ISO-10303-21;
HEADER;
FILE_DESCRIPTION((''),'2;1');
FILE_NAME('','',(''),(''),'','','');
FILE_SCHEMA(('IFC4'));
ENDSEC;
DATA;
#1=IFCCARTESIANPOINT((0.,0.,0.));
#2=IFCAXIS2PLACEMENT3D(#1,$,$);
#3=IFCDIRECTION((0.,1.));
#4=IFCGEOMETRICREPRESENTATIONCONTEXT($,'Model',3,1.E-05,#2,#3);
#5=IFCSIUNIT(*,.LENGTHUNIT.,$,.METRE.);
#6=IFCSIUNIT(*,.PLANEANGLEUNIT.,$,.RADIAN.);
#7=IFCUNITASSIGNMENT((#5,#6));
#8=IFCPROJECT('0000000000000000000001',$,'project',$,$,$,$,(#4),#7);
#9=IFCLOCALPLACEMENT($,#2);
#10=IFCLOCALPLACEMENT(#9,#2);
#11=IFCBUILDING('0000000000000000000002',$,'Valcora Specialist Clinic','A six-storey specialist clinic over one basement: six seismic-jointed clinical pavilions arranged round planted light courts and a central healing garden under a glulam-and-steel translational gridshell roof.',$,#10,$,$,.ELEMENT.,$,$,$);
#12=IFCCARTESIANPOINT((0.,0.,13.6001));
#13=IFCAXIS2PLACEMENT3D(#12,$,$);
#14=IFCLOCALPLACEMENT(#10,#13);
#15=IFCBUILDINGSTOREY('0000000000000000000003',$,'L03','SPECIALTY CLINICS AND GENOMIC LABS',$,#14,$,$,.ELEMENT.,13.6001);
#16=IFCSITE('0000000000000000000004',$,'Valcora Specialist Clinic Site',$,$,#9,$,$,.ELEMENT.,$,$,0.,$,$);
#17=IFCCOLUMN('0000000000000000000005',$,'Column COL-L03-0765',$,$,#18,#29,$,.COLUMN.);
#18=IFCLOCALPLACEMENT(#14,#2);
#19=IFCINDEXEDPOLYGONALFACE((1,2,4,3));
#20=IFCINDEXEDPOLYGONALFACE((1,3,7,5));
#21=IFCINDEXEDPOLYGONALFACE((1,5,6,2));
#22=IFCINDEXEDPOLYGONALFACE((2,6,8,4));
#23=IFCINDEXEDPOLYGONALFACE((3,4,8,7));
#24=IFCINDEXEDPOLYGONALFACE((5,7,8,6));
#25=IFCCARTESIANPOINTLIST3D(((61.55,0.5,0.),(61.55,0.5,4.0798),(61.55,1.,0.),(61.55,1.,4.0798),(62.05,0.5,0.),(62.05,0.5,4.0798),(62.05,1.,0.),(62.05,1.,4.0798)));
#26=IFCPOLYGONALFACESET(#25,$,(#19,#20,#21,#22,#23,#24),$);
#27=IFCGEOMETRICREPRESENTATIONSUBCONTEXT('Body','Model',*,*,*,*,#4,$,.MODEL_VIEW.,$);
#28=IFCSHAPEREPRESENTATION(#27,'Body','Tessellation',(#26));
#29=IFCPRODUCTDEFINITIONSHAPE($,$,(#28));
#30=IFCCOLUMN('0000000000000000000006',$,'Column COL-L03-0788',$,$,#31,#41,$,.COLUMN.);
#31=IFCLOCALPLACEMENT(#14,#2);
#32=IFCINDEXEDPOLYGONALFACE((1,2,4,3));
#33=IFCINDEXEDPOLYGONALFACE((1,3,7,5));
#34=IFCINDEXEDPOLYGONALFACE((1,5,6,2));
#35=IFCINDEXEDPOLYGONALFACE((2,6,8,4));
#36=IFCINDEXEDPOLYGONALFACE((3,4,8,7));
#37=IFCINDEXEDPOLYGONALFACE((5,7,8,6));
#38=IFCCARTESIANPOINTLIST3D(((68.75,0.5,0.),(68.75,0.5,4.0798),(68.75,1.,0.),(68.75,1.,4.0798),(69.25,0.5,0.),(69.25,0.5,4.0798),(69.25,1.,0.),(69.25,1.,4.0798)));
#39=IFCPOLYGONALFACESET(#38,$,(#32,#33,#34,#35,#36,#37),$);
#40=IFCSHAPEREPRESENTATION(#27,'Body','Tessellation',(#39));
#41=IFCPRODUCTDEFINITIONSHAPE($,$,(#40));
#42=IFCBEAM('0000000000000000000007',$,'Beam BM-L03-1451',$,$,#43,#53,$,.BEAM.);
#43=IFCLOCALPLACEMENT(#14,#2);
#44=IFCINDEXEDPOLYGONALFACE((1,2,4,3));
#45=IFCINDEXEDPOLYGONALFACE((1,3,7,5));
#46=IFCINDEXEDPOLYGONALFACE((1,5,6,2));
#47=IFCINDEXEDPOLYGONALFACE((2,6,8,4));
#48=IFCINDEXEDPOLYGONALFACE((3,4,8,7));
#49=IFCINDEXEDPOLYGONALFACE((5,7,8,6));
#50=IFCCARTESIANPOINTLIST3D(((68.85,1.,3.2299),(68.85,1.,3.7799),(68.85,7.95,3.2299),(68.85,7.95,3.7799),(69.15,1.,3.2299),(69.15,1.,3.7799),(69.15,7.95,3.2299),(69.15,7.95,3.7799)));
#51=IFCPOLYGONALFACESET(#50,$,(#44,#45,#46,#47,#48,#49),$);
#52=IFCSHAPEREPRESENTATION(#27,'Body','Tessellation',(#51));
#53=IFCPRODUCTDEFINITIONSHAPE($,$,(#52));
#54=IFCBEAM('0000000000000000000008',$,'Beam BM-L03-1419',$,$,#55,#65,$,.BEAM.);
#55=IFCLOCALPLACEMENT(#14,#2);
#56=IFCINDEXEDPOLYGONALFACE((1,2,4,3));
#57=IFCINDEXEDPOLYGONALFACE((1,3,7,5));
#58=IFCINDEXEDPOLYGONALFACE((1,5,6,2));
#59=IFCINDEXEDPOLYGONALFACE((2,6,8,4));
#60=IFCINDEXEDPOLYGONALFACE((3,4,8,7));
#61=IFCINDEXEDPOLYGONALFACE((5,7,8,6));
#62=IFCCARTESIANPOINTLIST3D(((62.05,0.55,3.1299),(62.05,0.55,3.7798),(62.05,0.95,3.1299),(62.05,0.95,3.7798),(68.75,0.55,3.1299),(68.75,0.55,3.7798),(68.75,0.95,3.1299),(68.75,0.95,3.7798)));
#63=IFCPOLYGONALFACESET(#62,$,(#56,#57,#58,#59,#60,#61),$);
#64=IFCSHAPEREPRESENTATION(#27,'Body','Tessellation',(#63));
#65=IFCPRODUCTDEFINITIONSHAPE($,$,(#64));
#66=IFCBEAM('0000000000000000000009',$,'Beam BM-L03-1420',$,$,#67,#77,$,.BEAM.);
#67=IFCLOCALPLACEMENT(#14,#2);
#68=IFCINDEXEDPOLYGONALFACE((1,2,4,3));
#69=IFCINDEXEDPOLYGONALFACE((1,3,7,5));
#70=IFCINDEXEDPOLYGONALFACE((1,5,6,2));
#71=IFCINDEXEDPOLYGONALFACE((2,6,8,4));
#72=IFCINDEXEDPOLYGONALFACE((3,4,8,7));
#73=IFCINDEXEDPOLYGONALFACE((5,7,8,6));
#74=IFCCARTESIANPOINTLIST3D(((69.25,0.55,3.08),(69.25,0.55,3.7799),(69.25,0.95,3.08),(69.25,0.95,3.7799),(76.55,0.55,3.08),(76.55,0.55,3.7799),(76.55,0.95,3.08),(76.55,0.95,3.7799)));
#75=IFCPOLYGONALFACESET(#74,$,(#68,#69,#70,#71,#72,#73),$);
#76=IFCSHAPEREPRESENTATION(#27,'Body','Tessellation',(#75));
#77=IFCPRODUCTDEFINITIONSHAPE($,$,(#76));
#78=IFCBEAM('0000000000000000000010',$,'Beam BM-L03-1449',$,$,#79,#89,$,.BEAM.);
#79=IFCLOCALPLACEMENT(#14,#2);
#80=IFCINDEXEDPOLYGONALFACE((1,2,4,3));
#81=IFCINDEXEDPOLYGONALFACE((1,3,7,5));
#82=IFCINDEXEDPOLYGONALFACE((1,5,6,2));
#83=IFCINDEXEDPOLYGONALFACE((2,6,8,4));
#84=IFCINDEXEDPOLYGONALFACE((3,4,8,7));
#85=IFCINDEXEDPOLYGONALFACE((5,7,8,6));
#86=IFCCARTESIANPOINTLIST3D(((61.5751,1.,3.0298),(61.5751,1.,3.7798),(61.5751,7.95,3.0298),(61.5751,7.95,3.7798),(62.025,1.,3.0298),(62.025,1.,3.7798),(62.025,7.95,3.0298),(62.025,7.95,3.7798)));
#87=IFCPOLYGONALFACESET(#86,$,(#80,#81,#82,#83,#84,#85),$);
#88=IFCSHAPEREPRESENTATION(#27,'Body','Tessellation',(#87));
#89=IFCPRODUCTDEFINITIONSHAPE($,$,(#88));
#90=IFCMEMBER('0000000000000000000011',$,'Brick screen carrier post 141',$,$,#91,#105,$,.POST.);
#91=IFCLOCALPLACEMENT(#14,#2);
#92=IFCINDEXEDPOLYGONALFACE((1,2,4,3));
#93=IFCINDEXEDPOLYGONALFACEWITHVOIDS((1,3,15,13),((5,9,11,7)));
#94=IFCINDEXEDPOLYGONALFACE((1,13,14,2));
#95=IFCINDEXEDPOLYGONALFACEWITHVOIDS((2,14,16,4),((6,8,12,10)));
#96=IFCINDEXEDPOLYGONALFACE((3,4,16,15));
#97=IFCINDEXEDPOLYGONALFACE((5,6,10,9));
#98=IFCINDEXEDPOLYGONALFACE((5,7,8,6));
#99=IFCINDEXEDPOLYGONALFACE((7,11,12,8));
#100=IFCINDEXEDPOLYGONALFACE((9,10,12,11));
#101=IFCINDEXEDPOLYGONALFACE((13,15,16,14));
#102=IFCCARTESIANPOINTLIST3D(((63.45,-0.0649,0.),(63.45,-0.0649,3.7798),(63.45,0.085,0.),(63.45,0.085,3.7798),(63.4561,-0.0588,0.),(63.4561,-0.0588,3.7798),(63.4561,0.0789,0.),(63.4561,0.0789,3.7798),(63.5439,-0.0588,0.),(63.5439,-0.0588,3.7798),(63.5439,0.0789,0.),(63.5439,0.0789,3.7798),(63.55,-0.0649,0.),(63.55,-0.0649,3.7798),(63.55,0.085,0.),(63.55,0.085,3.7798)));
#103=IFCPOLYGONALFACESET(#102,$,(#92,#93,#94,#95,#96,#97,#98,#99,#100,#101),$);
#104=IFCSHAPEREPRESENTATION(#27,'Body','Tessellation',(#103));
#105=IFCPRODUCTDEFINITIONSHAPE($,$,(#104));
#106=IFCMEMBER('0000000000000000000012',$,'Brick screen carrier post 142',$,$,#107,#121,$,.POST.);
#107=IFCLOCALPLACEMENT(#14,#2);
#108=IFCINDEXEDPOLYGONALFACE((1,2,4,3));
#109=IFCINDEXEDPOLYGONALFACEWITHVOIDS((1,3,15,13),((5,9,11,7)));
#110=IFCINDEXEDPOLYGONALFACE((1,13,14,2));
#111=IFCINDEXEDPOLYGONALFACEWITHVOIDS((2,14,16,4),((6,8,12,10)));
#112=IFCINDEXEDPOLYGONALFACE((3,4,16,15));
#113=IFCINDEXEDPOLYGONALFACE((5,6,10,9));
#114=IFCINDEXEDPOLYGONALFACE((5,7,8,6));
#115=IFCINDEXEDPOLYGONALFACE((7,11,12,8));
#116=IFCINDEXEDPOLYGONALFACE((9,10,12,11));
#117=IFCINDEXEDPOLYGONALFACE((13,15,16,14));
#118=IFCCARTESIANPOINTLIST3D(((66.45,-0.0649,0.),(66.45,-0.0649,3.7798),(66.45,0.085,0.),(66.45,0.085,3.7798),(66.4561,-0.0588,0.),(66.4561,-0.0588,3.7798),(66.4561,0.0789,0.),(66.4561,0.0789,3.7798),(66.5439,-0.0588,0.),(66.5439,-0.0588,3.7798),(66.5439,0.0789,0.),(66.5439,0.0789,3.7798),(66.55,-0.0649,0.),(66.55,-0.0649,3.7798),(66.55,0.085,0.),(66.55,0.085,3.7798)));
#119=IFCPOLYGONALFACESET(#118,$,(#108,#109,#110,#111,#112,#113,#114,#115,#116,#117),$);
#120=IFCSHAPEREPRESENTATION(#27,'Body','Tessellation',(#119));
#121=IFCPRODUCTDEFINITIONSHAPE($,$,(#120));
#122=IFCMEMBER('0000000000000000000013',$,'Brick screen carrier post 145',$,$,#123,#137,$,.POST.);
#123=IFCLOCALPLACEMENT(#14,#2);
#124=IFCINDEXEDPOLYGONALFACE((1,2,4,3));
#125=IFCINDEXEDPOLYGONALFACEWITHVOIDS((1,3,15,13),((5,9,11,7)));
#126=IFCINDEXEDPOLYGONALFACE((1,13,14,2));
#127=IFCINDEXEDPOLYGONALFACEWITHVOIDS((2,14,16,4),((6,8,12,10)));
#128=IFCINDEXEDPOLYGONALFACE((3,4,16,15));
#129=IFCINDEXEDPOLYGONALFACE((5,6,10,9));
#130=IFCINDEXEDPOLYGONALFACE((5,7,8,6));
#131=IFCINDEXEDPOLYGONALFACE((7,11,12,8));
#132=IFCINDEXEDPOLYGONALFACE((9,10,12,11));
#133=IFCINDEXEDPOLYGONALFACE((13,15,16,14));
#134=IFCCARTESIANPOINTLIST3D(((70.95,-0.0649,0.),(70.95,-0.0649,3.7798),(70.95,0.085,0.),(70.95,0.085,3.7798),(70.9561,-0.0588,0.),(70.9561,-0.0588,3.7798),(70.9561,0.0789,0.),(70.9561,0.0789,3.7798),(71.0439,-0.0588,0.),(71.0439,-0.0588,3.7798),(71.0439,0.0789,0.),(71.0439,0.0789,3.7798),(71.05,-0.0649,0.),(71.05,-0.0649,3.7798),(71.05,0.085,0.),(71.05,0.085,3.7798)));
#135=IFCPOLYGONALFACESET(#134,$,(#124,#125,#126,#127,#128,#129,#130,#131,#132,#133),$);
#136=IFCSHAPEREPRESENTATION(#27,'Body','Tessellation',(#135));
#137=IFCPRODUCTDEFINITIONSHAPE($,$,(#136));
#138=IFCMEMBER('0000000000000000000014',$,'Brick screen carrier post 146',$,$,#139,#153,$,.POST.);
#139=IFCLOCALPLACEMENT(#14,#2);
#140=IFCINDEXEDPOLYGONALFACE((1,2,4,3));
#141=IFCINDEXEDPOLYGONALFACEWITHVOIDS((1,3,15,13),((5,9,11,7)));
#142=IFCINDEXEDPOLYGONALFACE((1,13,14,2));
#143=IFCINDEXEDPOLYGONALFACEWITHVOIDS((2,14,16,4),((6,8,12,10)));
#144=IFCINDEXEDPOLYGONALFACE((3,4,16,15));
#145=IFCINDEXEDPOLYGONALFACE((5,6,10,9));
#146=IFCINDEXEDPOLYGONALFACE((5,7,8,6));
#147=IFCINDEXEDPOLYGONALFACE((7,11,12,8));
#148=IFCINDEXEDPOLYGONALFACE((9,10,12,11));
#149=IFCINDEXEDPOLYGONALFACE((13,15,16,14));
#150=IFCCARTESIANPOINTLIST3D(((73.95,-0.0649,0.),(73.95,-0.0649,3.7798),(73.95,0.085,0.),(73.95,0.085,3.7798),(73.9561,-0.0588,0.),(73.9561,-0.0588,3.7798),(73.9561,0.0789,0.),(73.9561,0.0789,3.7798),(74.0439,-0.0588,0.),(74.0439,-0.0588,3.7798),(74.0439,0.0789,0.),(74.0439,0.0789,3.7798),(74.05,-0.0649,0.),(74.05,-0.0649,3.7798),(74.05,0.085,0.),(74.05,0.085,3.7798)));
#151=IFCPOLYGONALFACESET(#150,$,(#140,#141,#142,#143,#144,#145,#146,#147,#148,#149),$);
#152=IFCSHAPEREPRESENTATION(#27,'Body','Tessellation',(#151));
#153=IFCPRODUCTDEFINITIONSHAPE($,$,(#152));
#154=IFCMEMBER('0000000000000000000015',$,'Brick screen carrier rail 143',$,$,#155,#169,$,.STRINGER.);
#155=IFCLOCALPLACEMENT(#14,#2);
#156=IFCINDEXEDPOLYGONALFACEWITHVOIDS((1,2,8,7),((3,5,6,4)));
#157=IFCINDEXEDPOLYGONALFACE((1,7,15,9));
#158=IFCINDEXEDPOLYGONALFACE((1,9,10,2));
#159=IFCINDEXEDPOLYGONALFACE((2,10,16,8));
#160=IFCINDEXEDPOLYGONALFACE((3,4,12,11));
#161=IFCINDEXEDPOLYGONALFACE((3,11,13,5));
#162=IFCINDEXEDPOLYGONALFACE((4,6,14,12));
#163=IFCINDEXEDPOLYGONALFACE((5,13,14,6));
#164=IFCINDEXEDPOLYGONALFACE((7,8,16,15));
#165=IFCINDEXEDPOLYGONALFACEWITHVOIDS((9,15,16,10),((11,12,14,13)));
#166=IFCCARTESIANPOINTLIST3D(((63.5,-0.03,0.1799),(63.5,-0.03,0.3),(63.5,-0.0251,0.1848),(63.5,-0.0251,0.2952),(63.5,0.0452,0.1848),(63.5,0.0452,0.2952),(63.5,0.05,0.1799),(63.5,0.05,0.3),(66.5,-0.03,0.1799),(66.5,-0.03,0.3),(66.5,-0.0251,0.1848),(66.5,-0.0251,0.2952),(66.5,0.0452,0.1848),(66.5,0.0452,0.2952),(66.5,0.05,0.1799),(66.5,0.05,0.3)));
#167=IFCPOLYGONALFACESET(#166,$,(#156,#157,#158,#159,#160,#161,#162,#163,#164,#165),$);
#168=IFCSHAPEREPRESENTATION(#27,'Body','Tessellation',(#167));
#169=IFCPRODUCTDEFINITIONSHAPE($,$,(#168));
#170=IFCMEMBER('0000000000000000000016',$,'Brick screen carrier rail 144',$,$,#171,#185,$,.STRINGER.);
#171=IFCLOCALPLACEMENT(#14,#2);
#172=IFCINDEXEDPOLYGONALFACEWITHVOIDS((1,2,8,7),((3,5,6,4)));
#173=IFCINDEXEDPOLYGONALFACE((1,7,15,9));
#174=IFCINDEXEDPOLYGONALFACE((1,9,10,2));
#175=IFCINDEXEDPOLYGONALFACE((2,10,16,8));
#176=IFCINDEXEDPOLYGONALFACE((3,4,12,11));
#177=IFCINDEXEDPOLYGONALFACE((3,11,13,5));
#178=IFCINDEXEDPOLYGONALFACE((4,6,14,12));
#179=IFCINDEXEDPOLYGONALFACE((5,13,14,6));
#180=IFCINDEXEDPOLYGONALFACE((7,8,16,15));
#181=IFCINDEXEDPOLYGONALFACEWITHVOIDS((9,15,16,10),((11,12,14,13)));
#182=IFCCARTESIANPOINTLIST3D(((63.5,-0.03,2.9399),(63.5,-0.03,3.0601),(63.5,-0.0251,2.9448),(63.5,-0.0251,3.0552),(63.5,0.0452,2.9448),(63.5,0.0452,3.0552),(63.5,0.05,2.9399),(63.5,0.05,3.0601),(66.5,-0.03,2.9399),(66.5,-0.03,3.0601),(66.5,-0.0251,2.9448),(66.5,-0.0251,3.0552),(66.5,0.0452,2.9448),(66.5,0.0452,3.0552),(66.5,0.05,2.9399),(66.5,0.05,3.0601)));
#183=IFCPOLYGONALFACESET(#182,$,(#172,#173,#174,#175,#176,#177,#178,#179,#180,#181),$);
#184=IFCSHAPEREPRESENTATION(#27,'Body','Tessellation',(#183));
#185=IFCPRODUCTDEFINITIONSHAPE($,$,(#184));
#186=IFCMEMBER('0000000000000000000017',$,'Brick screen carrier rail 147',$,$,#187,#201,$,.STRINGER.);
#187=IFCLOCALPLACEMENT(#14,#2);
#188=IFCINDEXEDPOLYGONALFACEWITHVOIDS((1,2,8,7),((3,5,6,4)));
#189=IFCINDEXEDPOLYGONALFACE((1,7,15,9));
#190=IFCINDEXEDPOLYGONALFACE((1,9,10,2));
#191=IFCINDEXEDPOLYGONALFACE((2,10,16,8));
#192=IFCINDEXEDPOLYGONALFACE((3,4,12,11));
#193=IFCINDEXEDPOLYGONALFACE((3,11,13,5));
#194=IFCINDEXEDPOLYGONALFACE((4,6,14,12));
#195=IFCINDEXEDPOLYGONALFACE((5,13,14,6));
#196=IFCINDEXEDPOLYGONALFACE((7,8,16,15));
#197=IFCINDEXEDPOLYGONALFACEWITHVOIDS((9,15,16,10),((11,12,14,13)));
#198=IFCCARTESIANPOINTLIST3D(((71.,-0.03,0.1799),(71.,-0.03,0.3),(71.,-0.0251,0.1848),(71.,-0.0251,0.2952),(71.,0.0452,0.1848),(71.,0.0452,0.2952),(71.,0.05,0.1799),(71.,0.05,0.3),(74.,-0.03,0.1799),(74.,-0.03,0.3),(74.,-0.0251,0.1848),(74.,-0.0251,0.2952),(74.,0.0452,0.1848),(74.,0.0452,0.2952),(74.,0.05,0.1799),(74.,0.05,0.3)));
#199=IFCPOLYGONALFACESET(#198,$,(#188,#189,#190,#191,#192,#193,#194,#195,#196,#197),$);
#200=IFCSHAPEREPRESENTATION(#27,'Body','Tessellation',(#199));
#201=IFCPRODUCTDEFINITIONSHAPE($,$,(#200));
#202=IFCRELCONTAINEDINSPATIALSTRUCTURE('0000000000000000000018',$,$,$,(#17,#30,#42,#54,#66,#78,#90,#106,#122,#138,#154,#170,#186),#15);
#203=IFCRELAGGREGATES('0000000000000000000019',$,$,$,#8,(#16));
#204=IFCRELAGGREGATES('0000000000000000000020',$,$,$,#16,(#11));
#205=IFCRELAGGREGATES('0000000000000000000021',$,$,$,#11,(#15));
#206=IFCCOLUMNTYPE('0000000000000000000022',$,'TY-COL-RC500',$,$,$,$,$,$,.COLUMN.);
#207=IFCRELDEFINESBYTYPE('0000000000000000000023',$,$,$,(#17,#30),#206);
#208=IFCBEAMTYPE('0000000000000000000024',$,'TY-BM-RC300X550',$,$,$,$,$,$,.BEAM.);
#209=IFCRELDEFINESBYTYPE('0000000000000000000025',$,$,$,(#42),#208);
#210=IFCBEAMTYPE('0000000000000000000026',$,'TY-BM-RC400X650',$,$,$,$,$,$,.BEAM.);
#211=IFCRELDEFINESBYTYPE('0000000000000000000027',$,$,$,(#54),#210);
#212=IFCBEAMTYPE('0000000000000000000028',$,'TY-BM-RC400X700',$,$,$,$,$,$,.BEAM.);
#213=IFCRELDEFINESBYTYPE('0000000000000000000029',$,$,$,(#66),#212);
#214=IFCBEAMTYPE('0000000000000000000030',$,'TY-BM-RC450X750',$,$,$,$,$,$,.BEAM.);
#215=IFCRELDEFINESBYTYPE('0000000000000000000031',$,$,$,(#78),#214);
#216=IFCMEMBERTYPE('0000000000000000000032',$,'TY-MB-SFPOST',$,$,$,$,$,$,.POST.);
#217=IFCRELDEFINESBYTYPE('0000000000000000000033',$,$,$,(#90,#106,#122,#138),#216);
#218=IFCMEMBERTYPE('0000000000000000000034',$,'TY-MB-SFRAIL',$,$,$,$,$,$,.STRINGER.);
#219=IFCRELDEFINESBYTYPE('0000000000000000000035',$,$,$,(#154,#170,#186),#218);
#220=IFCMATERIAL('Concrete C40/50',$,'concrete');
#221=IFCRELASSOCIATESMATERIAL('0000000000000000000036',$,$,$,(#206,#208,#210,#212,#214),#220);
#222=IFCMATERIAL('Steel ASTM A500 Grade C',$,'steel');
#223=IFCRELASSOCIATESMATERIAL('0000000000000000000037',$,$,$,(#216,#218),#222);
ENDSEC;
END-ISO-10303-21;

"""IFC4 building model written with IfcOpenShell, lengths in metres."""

from ifc_helpers import new_model, si_unit, direction, frame, origin, origin_2d, place, context, subcontext, project, spatial, rectangle, hollow_rectangle, extrude, material, material_profile, profile_set, type_object, element, save


model = new_model("IFC4")

# Units and contexts
model_context = context("Model", 3, precision=1e-05, world=origin(), true_north=direction((0.0, 1.0)))
body_context = subcontext(model_context, "Body", "Model", "MODEL_VIEW")
ifc_project = project(units=[si_unit("LENGTHUNIT", "METRE"), si_unit("PLANEANGLEUNIT", "RADIAN")], contexts=[model_context])

# Site, building, storey
site_placement = place(None, origin())
site = spatial("IfcSite", under=ifc_project, at=site_placement, Name="Valcora Specialist Clinic Site", CompositionType="ELEMENT", RefElevation=0.0)
building_placement = place(site_placement, origin())
building = spatial("IfcBuilding", under=site, at=building_placement, Name="Valcora Specialist Clinic", Description="A six-storey specialist clinic over one basement: six seismic-jointed clinical pavilions arranged round planted light courts and a central healing garden under a glulam-and-steel translational gridshell roof.", CompositionType="ELEMENT")
storey_placement = place(building_placement, frame((0.0, 0.0, 13.6001)))
storey = spatial("IfcBuildingStorey", under=building, at=storey_placement, Name="L03", Description="SPECIALTY CLINICS AND GENOMIC LABS", CompositionType="ELEMENT", Elevation=13.6001)

# Columns
ifc_material_1 = material(Name="Concrete C40/50", Category="concrete")
ifc_material_profile_1 = material_profile(ifc_material_1, rectangle(XDim=0.5, YDim=0.5, at=origin_2d()), Name="RC-COL-500X500")
ifc_profile_set_1 = profile_set([ifc_material_profile_1], Name="Concrete C40/50")
column_type = type_object("IfcColumnType", Name="TY-COL-RC500", PredefinedType="COLUMN", material=ifc_profile_set_1)
for number, where, z_axis, x_axis, name in (
    (1, (61.8, 0.75, 0.0), (0.0, 0.0, 1.0), (1.0, 0.0, 0.0), "Column COL-L03-0765"),
    (2, (69.0, 0.75, 0.0), (0.0, 0.0, 1.0), (1.0, 0.0, 0.0), "Column COL-L03-0788"),
):
    element("IfcColumn", number, at=place(storey_placement, frame(where, z_axis=z_axis, x_axis=x_axis)), inside=storey, type_object=column_type, Name=name, PredefinedType="COLUMN", context=body_context, shape_type="SweptSolid", body=[
        extrude(rectangle(XDim=0.5, YDim=0.5, at=origin_2d()), origin(), (0.0, 0.0, 1.0), 4.0798),
    ])

# Beams
ifc_material_profile_2 = material_profile(ifc_material_1, rectangle(XDim=0.3, YDim=0.55, at=origin_2d()), Name="RC-BM-300X550")
ifc_profile_set_2 = profile_set([ifc_material_profile_2], Name="Concrete C40/50")
beam_type_1 = type_object("IfcBeamType", Name="TY-BM-RC300X550", PredefinedType="BEAM", material=ifc_profile_set_2)
beam_1_placement = place(storey_placement, frame((69.0, 1.0, 3.5049), z_axis=(0.0, 1.0, 0.0), x_axis=(-1.0, 0.0, 0.0)))
element("IfcBeam", 3, at=beam_1_placement, inside=storey, type_object=beam_type_1, Name="Beam BM-L03-1451", PredefinedType="BEAM", context=body_context, shape_type="SweptSolid", body=[
    extrude(rectangle(XDim=0.3, YDim=0.55, at=origin_2d()), origin(), (0.0, 0.0, 1.0), 6.95),
])
ifc_material_profile_3 = material_profile(ifc_material_1, rectangle(XDim=0.3999, YDim=0.6499, at=origin_2d()), Name="RC-BM-400X650")
ifc_profile_set_3 = profile_set([ifc_material_profile_3], Name="Concrete C40/50")
beam_type_2 = type_object("IfcBeamType", Name="TY-BM-RC400X650", PredefinedType="BEAM", material=ifc_profile_set_3)
beam_2_placement = place(storey_placement, frame((62.05, 0.75, 3.4548), z_axis=(1.0, 0.0, 0.0), x_axis=(0.0, 1.0, 0.0)))
element("IfcBeam", 4, at=beam_2_placement, inside=storey, type_object=beam_type_2, Name="Beam BM-L03-1419", PredefinedType="BEAM", context=body_context, shape_type="SweptSolid", body=[
    extrude(rectangle(XDim=0.3999, YDim=0.6499, at=origin_2d()), origin(), (0.0, 0.0, 1.0), 6.7),
])
ifc_material_profile_4 = material_profile(ifc_material_1, rectangle(XDim=0.3999, YDim=0.7, at=origin_2d()), Name="RC-BM-400X700")
ifc_profile_set_4 = profile_set([ifc_material_profile_4], Name="Concrete C40/50")
beam_type_3 = type_object("IfcBeamType", Name="TY-BM-RC400X700", PredefinedType="BEAM", material=ifc_profile_set_4)
beam_3_placement = place(storey_placement, frame((69.25, 0.75, 3.4299), z_axis=(1.0, 0.0, 0.0), x_axis=(0.0, 1.0, 0.0)))
element("IfcBeam", 5, at=beam_3_placement, inside=storey, type_object=beam_type_3, Name="Beam BM-L03-1420", PredefinedType="BEAM", context=body_context, shape_type="SweptSolid", body=[
    extrude(rectangle(XDim=0.3999, YDim=0.7, at=origin_2d()), origin(), (0.0, 0.0, 1.0), 7.3),
])
ifc_material_profile_5 = material_profile(ifc_material_1, rectangle(XDim=0.45, YDim=0.75, at=origin_2d()), Name="RC-BM-450X750")
ifc_profile_set_5 = profile_set([ifc_material_profile_5], Name="Concrete C40/50")
beam_type_4 = type_object("IfcBeamType", Name="TY-BM-RC450X750", PredefinedType="BEAM", material=ifc_profile_set_5)
beam_4_placement = place(storey_placement, frame((61.8, 1.0, 3.4048), z_axis=(0.0, 1.0, 0.0), x_axis=(-1.0, 0.0, 0.0)))
element("IfcBeam", 6, at=beam_4_placement, inside=storey, type_object=beam_type_4, Name="Beam BM-L03-1449", PredefinedType="BEAM", context=body_context, shape_type="SweptSolid", body=[
    extrude(rectangle(XDim=0.45, YDim=0.75, at=origin_2d()), origin(), (0.0, 0.0, 1.0), 6.95),
])

# Members
ifc_material_2 = material(Name="Steel ASTM A500 Grade C", Category="steel")
ifc_material_profile_6 = material_profile(ifc_material_2, hollow_rectangle(XDim=0.1001, YDim=0.1499, WallThickness=0.0061, at=origin_2d()), Name="ST-RHS-150X100X6")
ifc_profile_set_6 = profile_set([ifc_material_profile_6], Name="Steel ASTM A500 Grade C")
member_type_1 = type_object("IfcMemberType", Name="TY-MB-SFPOST", PredefinedType="POST", material=ifc_profile_set_6)
for number, where, z_axis, x_axis, name in (
    (7, (63.5, 0.01, 0.0), (0.0, 0.0, 1.0), (1.0, 0.0, 0.0), "Brick screen carrier post 141"),
    (8, (66.5, 0.01, 0.0), (0.0, 0.0, 1.0), (1.0, 0.0, 0.0), "Brick screen carrier post 142"),
    (9, (71.0, 0.01, 0.0), (0.0, 0.0, 1.0), (1.0, 0.0, 0.0), "Brick screen carrier post 145"),
    (10, (74.0, 0.01, 0.0), (0.0, 0.0, 1.0), (1.0, 0.0, 0.0), "Brick screen carrier post 146"),
):
    element("IfcMember", number, at=place(storey_placement, frame(where, z_axis=z_axis, x_axis=x_axis)), inside=storey, type_object=member_type_1, Name=name, PredefinedType="POST", context=body_context, shape_type="SweptSolid", body=[
        extrude(hollow_rectangle(XDim=0.1001, YDim=0.1499, WallThickness=0.0061, at=origin_2d()), origin(), (0.0, 0.0, 1.0), 3.7798),
    ])
ifc_material_profile_7 = material_profile(ifc_material_2, hollow_rectangle(XDim=0.0801, YDim=0.1201, WallThickness=0.0049, at=origin_2d()), Name="ST-RHS-120X80X5")
ifc_profile_set_7 = profile_set([ifc_material_profile_7], Name="Steel ASTM A500 Grade C")
member_type_2 = type_object("IfcMemberType", Name="TY-MB-SFRAIL", PredefinedType="STRINGER", material=ifc_profile_set_7)
for number, where, z_axis, x_axis, name in (
    (11, (63.5, 0.01, 0.24), (1.0, 0.0, 0.0), (0.0, 1.0, 0.0), "Brick screen carrier rail 143"),
    (12, (63.5, 0.01, 3.0), (1.0, 0.0, 0.0), (0.0, 1.0, 0.0), "Brick screen carrier rail 144"),
    (13, (71.0, 0.01, 0.24), (1.0, 0.0, 0.0), (0.0, 1.0, 0.0), "Brick screen carrier rail 147"),
):
    element("IfcMember", number, at=place(storey_placement, frame(where, z_axis=z_axis, x_axis=x_axis)), inside=storey, type_object=member_type_2, Name=name, PredefinedType="STRINGER", context=body_context, shape_type="SweptSolid", body=[
        extrude(hollow_rectangle(XDim=0.0801, YDim=0.1201, WallThickness=0.0049, at=origin_2d()), origin(), (0.0, 0.0, 1.0), 3.0),
    ])

save(model, "model.ifc")
